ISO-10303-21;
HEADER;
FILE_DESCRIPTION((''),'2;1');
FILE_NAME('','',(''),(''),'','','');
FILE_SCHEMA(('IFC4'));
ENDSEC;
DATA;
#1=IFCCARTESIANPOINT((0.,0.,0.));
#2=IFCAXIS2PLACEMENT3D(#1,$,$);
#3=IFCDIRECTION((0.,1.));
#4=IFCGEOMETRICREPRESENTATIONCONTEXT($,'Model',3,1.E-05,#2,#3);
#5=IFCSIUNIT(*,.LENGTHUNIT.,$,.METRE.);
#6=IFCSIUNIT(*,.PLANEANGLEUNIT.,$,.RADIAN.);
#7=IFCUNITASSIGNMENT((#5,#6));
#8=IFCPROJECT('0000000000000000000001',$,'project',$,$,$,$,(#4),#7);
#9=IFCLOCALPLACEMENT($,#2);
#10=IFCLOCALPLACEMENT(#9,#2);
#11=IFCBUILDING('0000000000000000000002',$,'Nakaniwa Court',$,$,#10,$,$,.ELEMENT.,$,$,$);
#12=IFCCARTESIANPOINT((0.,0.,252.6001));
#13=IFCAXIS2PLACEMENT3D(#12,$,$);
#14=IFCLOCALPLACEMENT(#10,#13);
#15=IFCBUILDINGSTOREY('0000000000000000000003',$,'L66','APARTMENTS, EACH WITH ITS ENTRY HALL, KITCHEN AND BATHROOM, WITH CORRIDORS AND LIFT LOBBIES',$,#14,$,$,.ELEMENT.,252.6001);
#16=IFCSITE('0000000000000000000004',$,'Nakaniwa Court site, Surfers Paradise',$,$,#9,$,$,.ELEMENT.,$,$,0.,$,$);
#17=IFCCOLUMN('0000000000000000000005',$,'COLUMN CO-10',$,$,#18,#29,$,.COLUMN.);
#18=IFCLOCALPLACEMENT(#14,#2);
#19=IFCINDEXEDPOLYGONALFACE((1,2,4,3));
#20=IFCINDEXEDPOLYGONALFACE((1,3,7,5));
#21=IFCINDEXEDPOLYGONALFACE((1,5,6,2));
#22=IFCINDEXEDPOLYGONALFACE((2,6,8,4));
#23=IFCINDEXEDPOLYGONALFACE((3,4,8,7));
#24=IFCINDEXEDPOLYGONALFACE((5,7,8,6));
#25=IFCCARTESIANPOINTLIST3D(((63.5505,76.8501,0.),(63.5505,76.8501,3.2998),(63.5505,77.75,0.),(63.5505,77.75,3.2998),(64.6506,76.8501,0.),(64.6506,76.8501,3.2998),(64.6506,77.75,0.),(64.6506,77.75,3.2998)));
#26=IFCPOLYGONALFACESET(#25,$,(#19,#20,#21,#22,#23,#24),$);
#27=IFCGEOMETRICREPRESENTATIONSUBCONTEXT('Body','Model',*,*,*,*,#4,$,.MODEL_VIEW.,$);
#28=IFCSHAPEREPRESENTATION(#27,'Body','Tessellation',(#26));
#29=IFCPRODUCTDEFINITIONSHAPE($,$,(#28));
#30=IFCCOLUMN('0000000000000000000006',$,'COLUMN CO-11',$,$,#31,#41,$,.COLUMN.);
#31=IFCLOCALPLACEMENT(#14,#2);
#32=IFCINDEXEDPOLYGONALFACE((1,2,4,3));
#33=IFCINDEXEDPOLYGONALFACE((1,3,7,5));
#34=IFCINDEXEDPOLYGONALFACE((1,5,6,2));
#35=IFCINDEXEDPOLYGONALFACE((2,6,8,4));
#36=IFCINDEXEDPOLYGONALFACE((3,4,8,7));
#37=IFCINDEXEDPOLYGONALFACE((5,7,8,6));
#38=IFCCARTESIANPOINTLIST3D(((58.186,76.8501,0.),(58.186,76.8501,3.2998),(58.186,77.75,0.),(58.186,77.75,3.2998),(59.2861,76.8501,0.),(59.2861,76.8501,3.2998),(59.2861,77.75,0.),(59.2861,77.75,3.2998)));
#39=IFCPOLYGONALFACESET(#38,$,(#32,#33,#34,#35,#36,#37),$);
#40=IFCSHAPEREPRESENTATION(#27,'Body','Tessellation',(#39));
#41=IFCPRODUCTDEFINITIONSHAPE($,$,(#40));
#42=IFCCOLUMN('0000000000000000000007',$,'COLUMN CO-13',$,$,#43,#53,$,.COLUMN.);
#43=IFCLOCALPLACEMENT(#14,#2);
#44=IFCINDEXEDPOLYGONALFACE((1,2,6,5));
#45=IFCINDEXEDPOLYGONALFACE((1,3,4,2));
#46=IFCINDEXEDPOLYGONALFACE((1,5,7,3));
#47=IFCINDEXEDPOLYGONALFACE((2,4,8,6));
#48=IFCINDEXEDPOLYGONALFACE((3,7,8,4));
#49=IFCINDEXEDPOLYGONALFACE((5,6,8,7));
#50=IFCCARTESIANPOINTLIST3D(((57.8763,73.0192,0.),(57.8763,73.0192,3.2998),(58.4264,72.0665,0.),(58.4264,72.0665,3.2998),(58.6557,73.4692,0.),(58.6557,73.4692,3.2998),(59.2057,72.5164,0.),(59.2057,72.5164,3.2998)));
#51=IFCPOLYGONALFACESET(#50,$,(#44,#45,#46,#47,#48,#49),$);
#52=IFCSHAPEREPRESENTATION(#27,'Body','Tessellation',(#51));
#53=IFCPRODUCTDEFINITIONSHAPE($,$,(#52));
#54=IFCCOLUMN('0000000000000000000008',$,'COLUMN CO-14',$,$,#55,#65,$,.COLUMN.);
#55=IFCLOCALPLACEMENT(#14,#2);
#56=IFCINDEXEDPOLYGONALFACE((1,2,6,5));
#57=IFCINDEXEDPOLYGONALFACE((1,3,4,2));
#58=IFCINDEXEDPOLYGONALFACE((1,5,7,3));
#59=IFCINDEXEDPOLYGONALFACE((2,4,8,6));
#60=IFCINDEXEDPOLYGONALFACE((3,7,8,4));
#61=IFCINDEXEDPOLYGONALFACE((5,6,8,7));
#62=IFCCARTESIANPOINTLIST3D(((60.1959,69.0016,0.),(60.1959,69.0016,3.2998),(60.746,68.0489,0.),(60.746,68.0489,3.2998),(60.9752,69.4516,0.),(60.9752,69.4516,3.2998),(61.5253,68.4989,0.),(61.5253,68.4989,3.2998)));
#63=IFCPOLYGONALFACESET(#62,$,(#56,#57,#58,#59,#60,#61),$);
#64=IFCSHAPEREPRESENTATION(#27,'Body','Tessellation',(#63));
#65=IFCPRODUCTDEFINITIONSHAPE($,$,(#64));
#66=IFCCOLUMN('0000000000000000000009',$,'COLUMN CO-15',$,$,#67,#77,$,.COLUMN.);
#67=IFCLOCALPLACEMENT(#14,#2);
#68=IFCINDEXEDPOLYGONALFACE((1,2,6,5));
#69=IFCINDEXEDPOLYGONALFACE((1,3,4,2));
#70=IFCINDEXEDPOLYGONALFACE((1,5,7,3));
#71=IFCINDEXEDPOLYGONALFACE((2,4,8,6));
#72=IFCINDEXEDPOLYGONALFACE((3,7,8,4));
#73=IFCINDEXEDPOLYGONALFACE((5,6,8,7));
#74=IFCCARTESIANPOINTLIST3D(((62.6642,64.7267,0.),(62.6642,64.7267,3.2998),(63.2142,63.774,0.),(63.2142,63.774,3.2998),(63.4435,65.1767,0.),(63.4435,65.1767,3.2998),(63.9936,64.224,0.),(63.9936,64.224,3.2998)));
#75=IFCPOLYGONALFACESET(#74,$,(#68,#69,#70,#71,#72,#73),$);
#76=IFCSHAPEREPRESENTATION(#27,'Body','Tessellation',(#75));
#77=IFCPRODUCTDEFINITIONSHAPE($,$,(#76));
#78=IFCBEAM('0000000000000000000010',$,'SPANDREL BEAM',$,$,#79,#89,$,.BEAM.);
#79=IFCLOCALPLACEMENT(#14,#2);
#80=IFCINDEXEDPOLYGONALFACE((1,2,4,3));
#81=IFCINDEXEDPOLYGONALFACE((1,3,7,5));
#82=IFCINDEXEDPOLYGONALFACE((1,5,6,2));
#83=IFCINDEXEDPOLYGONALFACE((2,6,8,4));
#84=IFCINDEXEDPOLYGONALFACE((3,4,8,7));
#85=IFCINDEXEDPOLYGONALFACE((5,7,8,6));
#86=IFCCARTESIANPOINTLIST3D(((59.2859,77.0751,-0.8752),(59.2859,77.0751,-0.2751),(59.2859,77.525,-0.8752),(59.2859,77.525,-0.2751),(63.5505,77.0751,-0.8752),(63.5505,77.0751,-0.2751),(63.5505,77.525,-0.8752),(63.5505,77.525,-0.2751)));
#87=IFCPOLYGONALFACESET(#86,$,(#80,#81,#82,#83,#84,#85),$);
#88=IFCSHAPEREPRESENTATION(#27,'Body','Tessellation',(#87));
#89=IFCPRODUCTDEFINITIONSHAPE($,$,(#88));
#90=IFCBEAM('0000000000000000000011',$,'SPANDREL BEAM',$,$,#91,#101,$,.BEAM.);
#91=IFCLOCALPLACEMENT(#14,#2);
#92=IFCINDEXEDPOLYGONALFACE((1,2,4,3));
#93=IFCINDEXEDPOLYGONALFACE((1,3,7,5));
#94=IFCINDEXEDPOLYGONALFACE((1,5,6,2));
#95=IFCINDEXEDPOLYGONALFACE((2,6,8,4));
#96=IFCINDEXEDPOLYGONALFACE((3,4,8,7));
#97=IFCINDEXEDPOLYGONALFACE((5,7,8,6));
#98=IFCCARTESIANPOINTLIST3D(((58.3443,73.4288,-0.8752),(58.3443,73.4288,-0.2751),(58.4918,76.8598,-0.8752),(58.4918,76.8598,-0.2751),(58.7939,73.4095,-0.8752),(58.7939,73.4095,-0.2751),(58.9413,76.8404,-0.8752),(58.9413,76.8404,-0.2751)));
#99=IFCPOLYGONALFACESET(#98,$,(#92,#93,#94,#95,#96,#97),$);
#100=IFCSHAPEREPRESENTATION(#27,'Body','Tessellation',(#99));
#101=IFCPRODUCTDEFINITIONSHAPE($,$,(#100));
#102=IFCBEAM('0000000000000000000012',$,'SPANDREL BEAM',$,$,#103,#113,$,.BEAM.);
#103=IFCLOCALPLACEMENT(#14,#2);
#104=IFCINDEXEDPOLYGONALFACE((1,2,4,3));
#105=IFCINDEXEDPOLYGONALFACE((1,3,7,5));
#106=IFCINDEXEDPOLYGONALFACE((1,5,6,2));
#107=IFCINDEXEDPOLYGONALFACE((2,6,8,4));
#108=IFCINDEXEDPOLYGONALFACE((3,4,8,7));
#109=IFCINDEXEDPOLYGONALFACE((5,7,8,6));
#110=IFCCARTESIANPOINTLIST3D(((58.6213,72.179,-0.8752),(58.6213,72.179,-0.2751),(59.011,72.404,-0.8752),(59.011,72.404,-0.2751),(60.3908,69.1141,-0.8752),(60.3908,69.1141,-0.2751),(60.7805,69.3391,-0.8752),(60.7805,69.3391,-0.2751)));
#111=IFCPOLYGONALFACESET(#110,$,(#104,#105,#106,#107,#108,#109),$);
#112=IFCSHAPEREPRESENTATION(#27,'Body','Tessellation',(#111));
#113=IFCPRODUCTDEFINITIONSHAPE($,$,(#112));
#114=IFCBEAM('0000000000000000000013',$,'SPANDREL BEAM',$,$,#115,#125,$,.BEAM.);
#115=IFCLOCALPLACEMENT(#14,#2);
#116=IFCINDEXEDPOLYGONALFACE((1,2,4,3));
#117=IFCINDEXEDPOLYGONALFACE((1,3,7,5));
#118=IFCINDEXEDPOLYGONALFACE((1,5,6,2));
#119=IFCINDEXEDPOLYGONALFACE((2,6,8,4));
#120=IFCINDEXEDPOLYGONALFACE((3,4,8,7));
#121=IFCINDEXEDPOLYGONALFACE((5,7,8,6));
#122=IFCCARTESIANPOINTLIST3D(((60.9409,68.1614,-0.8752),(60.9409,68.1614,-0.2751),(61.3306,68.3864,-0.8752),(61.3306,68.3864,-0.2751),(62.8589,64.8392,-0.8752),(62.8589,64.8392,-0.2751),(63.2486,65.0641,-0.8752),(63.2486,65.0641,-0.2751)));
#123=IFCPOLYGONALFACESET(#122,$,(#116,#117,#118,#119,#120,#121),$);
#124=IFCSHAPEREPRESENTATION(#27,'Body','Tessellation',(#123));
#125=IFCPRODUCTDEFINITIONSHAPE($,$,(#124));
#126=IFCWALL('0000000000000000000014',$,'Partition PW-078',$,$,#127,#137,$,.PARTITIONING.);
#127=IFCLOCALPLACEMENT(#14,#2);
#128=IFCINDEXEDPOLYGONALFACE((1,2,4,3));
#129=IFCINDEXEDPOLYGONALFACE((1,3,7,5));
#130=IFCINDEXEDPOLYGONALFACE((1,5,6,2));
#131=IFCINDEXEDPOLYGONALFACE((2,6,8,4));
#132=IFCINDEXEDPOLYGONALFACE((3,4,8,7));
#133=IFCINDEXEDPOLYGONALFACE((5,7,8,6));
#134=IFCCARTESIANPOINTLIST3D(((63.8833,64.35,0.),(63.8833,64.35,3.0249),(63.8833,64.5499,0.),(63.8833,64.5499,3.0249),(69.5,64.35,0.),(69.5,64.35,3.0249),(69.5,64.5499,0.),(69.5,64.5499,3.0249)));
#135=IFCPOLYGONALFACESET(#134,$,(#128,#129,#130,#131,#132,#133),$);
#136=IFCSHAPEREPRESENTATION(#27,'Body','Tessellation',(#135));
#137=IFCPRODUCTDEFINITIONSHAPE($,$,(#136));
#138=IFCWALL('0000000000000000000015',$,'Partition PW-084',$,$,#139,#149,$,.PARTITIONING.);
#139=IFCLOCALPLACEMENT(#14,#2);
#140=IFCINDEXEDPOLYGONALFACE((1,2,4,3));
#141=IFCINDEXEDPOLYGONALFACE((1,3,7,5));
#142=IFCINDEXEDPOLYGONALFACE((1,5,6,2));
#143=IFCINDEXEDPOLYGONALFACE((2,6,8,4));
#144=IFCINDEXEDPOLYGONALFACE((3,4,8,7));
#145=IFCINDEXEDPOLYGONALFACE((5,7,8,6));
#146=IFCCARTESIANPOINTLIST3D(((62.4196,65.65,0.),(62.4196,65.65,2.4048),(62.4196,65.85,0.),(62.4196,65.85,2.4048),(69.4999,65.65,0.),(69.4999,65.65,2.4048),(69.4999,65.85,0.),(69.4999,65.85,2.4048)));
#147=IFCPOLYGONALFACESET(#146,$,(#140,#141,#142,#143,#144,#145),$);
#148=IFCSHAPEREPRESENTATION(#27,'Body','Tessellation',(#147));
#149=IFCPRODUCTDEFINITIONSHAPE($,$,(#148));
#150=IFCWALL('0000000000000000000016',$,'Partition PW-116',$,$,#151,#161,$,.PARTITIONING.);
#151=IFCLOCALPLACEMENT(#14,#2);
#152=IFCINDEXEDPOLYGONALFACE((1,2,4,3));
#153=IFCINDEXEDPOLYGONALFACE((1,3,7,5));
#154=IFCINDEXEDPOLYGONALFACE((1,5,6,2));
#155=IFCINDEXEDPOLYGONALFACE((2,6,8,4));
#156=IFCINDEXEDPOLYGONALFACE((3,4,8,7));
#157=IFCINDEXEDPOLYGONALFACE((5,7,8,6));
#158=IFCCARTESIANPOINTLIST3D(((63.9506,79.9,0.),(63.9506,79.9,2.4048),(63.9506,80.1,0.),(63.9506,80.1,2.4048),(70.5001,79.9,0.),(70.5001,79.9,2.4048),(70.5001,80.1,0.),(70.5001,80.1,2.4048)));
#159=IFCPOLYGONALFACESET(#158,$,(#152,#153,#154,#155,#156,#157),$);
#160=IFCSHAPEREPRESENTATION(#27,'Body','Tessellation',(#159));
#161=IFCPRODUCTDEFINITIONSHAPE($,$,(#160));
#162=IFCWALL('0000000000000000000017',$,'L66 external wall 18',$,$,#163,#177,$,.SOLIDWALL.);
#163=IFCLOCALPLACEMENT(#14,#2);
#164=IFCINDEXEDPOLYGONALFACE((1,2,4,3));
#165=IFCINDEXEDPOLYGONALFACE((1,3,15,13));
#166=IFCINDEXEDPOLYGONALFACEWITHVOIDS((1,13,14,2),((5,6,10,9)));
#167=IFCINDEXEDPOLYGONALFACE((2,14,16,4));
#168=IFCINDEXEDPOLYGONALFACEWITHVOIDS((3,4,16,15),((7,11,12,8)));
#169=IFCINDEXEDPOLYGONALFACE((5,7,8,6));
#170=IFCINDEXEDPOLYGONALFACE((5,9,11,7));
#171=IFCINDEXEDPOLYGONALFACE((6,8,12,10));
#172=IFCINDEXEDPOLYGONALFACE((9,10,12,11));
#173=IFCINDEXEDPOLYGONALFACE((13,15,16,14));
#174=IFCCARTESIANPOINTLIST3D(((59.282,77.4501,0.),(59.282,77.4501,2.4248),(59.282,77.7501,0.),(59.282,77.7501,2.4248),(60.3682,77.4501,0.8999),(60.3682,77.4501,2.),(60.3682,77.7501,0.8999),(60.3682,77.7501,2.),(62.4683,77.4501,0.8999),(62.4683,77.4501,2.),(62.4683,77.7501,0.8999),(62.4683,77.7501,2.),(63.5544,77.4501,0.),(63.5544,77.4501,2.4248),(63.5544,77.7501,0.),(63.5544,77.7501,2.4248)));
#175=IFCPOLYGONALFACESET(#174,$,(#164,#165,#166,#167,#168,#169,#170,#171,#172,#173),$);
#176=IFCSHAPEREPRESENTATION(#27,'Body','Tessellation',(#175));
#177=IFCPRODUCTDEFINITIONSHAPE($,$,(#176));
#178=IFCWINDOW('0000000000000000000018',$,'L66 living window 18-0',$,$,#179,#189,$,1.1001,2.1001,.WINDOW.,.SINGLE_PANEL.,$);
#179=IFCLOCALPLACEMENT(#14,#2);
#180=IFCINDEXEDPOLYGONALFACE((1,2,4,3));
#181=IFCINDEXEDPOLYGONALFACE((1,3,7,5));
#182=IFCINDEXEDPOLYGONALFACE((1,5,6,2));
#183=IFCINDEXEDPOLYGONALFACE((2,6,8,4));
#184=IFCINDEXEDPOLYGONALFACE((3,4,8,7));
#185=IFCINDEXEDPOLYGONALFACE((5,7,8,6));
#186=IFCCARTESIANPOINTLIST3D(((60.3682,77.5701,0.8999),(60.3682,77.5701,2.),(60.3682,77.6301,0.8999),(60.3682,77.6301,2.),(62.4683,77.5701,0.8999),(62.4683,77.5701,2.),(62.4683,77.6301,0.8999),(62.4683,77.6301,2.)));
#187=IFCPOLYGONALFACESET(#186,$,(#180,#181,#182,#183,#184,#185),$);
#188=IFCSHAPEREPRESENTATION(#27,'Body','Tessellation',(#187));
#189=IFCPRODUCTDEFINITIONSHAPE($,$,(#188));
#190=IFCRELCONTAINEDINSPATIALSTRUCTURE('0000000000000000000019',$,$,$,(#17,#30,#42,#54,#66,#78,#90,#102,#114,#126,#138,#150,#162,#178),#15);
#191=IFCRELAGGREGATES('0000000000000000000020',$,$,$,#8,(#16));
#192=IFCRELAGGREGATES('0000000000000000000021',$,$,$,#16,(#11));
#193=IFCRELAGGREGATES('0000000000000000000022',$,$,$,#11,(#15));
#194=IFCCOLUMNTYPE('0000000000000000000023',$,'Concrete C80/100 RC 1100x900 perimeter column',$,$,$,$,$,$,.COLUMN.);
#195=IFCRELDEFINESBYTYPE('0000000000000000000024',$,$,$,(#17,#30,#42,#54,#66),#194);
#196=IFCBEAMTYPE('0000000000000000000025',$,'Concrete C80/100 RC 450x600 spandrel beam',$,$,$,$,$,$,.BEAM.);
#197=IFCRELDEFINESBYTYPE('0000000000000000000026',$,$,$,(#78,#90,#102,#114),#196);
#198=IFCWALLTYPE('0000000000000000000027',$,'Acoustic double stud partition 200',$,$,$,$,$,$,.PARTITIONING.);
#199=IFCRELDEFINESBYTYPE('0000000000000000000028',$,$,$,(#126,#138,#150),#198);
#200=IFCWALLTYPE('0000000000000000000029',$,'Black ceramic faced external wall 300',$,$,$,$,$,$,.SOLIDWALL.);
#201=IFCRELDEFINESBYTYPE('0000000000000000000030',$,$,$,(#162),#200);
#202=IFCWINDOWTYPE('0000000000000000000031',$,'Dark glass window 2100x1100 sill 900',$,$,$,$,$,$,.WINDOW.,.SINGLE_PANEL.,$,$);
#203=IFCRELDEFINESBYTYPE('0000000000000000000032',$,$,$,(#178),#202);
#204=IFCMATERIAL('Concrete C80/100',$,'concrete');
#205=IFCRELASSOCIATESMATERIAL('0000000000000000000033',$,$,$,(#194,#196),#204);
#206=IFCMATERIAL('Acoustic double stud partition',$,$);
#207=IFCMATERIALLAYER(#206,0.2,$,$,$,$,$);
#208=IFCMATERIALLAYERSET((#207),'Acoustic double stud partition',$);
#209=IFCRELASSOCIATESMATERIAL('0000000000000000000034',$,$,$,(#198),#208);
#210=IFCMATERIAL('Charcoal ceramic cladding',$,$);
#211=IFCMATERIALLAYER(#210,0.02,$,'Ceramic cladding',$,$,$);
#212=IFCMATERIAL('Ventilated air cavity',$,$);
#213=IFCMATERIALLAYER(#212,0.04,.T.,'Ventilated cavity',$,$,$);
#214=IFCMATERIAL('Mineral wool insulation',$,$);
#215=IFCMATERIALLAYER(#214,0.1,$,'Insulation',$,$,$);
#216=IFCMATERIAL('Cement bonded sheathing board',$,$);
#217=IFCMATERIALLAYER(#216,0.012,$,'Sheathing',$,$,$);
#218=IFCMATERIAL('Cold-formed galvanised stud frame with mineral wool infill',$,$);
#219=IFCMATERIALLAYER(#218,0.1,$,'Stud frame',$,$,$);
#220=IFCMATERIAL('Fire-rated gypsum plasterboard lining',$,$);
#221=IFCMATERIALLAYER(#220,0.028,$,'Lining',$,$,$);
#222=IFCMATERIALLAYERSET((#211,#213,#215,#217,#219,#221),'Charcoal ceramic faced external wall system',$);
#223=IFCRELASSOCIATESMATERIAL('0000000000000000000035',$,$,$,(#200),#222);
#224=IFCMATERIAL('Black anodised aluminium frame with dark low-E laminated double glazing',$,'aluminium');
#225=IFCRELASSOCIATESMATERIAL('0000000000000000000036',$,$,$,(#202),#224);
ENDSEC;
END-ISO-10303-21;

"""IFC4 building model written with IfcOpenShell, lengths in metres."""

from ifc_helpers import new_model, si_unit, direction, frame, frame_2d, origin, origin_2d, place, context, subcontext, project, spatial, rectangle, extrude, material, layer, layer_set, material_profile, profile_set, type_object, element, fill, save


model = new_model("IFC4")

# Units and contexts
model_context = context("Model", 3, precision=1e-05, world=origin(), true_north=direction((0.0, 1.0)))
body_context = subcontext(model_context, "Body", "Model", "MODEL_VIEW")
ifc_project = project(units=[si_unit("LENGTHUNIT", "METRE"), si_unit("PLANEANGLEUNIT", "RADIAN")], contexts=[model_context])

# Site, building, storey
site_placement = place(None, origin())
site = spatial("IfcSite", under=ifc_project, at=site_placement, Name="Nakaniwa Court site, Surfers Paradise", CompositionType="ELEMENT", RefElevation=0.0)
building_placement = place(site_placement, origin())
building = spatial("IfcBuilding", under=site, at=building_placement, Name="Nakaniwa Court", CompositionType="ELEMENT")
storey_placement = place(building_placement, frame((0.0, 0.0, 252.6001)))
storey = spatial("IfcBuildingStorey", under=building, at=storey_placement, Name="L66", Description="APARTMENTS, EACH WITH ITS ENTRY HALL, KITCHEN AND BATHROOM, WITH CORRIDORS AND LIFT LOBBIES", CompositionType="ELEMENT", Elevation=252.6001)

# Columns
ifc_material_1 = material(Name="Concrete C80/100", Category="concrete")
ifc_material_profile_1 = material_profile(ifc_material_1, rectangle(XDim=1.1001, YDim=0.8999, at=origin_2d()), Name="Concrete C80/100 RC 1100x900 perimeter column")
ifc_profile_set_1 = profile_set([ifc_material_profile_1], Name="Concrete C80/100")
column_type = type_object("IfcColumnType", Name="Concrete C80/100 RC 1100x900 perimeter column", PredefinedType="COLUMN", material=ifc_profile_set_1)
for number, where, z_axis, x_axis, name in (
    (1, (64.1006, 77.3, 0.0), (0.0, 0.0, 1.0), (-1.0, 0.0, 0.0), "COLUMN CO-10"),
    (2, (58.7361, 77.3, 0.0), (0.0, 0.0, 1.0), (-1.0, 0.0, 0.0), "COLUMN CO-11"),
    (3, (58.541, 72.7678, 0.0), (0.0, 0.0, 1.0), (0.5, -0.866025, 0.0), "COLUMN CO-13"),
    (4, (60.8606, 68.7502, 0.0), (0.0, 0.0, 1.0), (0.5, -0.866025, 0.0), "COLUMN CO-14"),
    (5, (63.3289, 64.4753, 0.0), (0.0, 0.0, 1.0), (0.5, -0.866025, 0.0), "COLUMN CO-15"),
):
    element("IfcColumn", number, at=place(storey_placement, frame(where, z_axis=z_axis, x_axis=x_axis)), inside=storey, type_object=column_type, Name=name, PredefinedType="COLUMN", context=body_context, shape_type="SweptSolid", body=[
        extrude(rectangle(XDim=1.1001, YDim=0.8999, at=origin_2d()), origin(), (0.0, 0.0, 1.0), 3.2998),
    ])

# Beams
ifc_material_profile_2 = material_profile(ifc_material_1, rectangle(XDim=0.45, YDim=0.6001, at=origin_2d()), Name="Concrete C80/100 RC 450x600 spandrel beam")
ifc_profile_set_2 = profile_set([ifc_material_profile_2], Name="Concrete C80/100")
beam_type = type_object("IfcBeamType", Name="Concrete C80/100 RC 450x600 spandrel beam", PredefinedType="BEAM", material=ifc_profile_set_2)
beam_1_placement = place(storey_placement, frame((63.5505, 77.3, -0.5752), z_axis=(-1.0, 0.0, 0.0), x_axis=(0.0, -1.0, 0.0)))
element("IfcBeam", 6, at=beam_1_placement, inside=storey, type_object=beam_type, Name="SPANDREL BEAM", PredefinedType="BEAM", context=body_context, shape_type="SweptSolid", body=[
    extrude(rectangle(XDim=0.45, YDim=0.6001, at=origin_2d()), origin(), (0.0, 0.0, 1.0), 4.2646),
])
beam_2_placement = place(storey_placement, frame((58.7166, 76.8501, -0.5752), z_axis=(-0.042941, -0.999078, 0.0), x_axis=(0.999078, -0.042941, 0.0)))
element("IfcBeam", 7, at=beam_2_placement, inside=storey, type_object=beam_type, Name="SPANDREL BEAM", PredefinedType="BEAM", context=body_context, shape_type="SweptSolid", body=[
    extrude(rectangle(XDim=0.45, YDim=0.6001, at=origin_2d()), origin(), (0.0, 0.0, 1.0), 3.4341),
])
beam_3_placement = place(storey_placement, frame((58.8162, 72.2915, -0.5752), z_axis=(0.499997, -0.866027, 0.0), x_axis=(0.866027, 0.499997, 0.0)))
element("IfcBeam", 8, at=beam_3_placement, inside=storey, type_object=beam_type, Name="SPANDREL BEAM", PredefinedType="BEAM", context=body_context, shape_type="SweptSolid", body=[
    extrude(rectangle(XDim=0.45, YDim=0.6001, at=origin_2d()), origin(), (0.0, 0.0, 1.0), 3.5391),
])
beam_4_placement = place(storey_placement, frame((61.1357, 68.2739, -0.5752), z_axis=(0.499972, -0.866041, 0.0), x_axis=(0.866041, 0.499972, 0.0)))
element("IfcBeam", 9, at=beam_4_placement, inside=storey, type_object=beam_type, Name="SPANDREL BEAM", PredefinedType="BEAM", context=body_context, shape_type="SweptSolid", body=[
    extrude(rectangle(XDim=0.45, YDim=0.6001, at=origin_2d()), origin(), (0.0, 0.0, 1.0), 3.8362),
])

# Walls
ifc_material_2 = material(Name="Acoustic double stud partition")
ifc_layer_1 = layer(ifc_material_2, 0.2)
ifc_layer_set_1 = layer_set([ifc_layer_1], Name="Acoustic double stud partition")
wall_type_1 = type_object("IfcWallType", Name="Acoustic double stud partition 200", PredefinedType="PARTITIONING", material=ifc_layer_set_1)
wall_1_placement = place(storey_placement, frame((63.8833, 64.45, 0.0), z_axis=(0.0, 0.0, 1.0), x_axis=(1.0, 0.0, 0.0)))
element("IfcWall", 10, at=wall_1_placement, inside=storey, type_object=wall_type_1, Name="Partition PW-078", PredefinedType="PARTITIONING", context=body_context, shape_type="SweptSolid", body=[
    extrude(rectangle(XDim=5.6167, YDim=0.2, at=frame_2d((2.8083, 0.0))), origin(), (0.0, 0.0, 1.0), 3.0249),
])
wall_2_placement = place(storey_placement, frame((62.4197, 65.75, 0.0), z_axis=(0.0, 0.0, 1.0), x_axis=(1.0, 0.0, 0.0)))
element("IfcWall", 11, at=wall_2_placement, inside=storey, type_object=wall_type_1, Name="Partition PW-084", PredefinedType="PARTITIONING", context=body_context, shape_type="SweptSolid", body=[
    extrude(rectangle(XDim=7.0803, YDim=0.2, at=frame_2d((3.54, 0.0))), origin(), (0.0, 0.0, 1.0), 2.4048),
])
wall_3_placement = place(storey_placement, frame((63.9504, 80.0, 0.0), z_axis=(0.0, 0.0, 1.0), x_axis=(1.0, 0.0, 0.0)))
element("IfcWall", 12, at=wall_3_placement, inside=storey, type_object=wall_type_1, Name="Partition PW-116", PredefinedType="PARTITIONING", context=body_context, shape_type="SweptSolid", body=[
    extrude(rectangle(XDim=6.5496, YDim=0.2, at=frame_2d((3.2749, 0.0))), origin(), (0.0, 0.0, 1.0), 2.4048),
])

# Wall, opening, window
ifc_material_3 = material(Name="Charcoal ceramic cladding")
ifc_layer_2 = layer(ifc_material_3, 0.02, Name="Ceramic cladding")
ifc_material_4 = material(Name="Ventilated air cavity")
ifc_layer_3 = layer(ifc_material_4, 0.04, ventilated=True, Name="Ventilated cavity")
ifc_material_5 = material(Name="Mineral wool insulation")
ifc_layer_4 = layer(ifc_material_5, 0.1, Name="Insulation")
ifc_material_6 = material(Name="Cement bonded sheathing board")
ifc_layer_5 = layer(ifc_material_6, 0.012, Name="Sheathing")
ifc_material_7 = material(Name="Cold-formed galvanised stud frame with mineral wool infill")
ifc_layer_6 = layer(ifc_material_7, 0.1, Name="Stud frame")
ifc_material_8 = material(Name="Fire-rated gypsum plasterboard lining")
ifc_layer_7 = layer(ifc_material_8, 0.028, Name="Lining")
ifc_layer_set_2 = layer_set([ifc_layer_2, ifc_layer_3, ifc_layer_4, ifc_layer_5, ifc_layer_6, ifc_layer_7], Name="Charcoal ceramic faced external wall system")
wall_type_2 = type_object("IfcWallType", Name="Black ceramic faced external wall 300", PredefinedType="SOLIDWALL", material=ifc_layer_set_2)
wall_4_placement = place(storey_placement, frame((63.5544, 77.6001, 0.0), z_axis=(0.0, 0.0, 1.0), x_axis=(-1.0, 0.0, 0.0)))
wall_4 = element("IfcWall", 13, at=wall_4_placement, inside=storey, type_object=wall_type_2, Name="L66 external wall 18", PredefinedType="SOLIDWALL", context=body_context, shape_type="SweptSolid", body=[
    extrude(rectangle(XDim=4.2725, YDim=0.3, at=frame_2d((2.1362, 0.0))), origin(), (0.0, 0.0, 1.0), 2.4248),
])
opening_1_placement = place(wall_4_placement, frame((1.0862, 0.0, 0.8999)))
opening_1 = element("IfcOpeningElement", 14, at=opening_1_placement, cuts=wall_4, PredefinedType="OPENING", context=body_context, shape_type="SweptSolid", body=[
    extrude(rectangle(XDim=2.1001, YDim=1.1001, at=frame_2d((1.05, 0.55))), frame((0.0, 0.1599, 0.0), z_axis=(0.0, -1.0, 0.0), x_axis=(1.0, 0.0, 0.0)), (0.0, 0.0, 1.0), 0.3201),
])
ifc_material_9 = material(Name="Black anodised aluminium frame with dark low-E laminated double glazing", Category="aluminium")
window_type_1 = type_object("IfcWindowType", Name="Dark glass window 2100x1100 sill 900", PartitioningType="SINGLE_PANEL", PredefinedType="WINDOW", material=ifc_material_9)
window_1_placement = place(opening_1_placement, origin())
window_1 = element("IfcWindow", 15, at=window_1_placement, inside=storey, type_object=window_type_1, Name="L66 living window 18-0", OverallHeight=1.1001, OverallWidth=2.1001, PartitioningType="SINGLE_PANEL", PredefinedType="WINDOW", context=body_context, shape_type="SweptSolid", body=[
    extrude(rectangle(XDim=2.1001, YDim=1.1001, at=frame_2d((1.05, 0.55))), frame((0.0, 0.03, 0.0), z_axis=(0.0, -1.0, 0.0), x_axis=(1.0, 0.0, 0.0)), (0.0, 0.0, 1.0), 0.0601),
])
fill(opening_1, window_1)

save(model, "model.ifc")
